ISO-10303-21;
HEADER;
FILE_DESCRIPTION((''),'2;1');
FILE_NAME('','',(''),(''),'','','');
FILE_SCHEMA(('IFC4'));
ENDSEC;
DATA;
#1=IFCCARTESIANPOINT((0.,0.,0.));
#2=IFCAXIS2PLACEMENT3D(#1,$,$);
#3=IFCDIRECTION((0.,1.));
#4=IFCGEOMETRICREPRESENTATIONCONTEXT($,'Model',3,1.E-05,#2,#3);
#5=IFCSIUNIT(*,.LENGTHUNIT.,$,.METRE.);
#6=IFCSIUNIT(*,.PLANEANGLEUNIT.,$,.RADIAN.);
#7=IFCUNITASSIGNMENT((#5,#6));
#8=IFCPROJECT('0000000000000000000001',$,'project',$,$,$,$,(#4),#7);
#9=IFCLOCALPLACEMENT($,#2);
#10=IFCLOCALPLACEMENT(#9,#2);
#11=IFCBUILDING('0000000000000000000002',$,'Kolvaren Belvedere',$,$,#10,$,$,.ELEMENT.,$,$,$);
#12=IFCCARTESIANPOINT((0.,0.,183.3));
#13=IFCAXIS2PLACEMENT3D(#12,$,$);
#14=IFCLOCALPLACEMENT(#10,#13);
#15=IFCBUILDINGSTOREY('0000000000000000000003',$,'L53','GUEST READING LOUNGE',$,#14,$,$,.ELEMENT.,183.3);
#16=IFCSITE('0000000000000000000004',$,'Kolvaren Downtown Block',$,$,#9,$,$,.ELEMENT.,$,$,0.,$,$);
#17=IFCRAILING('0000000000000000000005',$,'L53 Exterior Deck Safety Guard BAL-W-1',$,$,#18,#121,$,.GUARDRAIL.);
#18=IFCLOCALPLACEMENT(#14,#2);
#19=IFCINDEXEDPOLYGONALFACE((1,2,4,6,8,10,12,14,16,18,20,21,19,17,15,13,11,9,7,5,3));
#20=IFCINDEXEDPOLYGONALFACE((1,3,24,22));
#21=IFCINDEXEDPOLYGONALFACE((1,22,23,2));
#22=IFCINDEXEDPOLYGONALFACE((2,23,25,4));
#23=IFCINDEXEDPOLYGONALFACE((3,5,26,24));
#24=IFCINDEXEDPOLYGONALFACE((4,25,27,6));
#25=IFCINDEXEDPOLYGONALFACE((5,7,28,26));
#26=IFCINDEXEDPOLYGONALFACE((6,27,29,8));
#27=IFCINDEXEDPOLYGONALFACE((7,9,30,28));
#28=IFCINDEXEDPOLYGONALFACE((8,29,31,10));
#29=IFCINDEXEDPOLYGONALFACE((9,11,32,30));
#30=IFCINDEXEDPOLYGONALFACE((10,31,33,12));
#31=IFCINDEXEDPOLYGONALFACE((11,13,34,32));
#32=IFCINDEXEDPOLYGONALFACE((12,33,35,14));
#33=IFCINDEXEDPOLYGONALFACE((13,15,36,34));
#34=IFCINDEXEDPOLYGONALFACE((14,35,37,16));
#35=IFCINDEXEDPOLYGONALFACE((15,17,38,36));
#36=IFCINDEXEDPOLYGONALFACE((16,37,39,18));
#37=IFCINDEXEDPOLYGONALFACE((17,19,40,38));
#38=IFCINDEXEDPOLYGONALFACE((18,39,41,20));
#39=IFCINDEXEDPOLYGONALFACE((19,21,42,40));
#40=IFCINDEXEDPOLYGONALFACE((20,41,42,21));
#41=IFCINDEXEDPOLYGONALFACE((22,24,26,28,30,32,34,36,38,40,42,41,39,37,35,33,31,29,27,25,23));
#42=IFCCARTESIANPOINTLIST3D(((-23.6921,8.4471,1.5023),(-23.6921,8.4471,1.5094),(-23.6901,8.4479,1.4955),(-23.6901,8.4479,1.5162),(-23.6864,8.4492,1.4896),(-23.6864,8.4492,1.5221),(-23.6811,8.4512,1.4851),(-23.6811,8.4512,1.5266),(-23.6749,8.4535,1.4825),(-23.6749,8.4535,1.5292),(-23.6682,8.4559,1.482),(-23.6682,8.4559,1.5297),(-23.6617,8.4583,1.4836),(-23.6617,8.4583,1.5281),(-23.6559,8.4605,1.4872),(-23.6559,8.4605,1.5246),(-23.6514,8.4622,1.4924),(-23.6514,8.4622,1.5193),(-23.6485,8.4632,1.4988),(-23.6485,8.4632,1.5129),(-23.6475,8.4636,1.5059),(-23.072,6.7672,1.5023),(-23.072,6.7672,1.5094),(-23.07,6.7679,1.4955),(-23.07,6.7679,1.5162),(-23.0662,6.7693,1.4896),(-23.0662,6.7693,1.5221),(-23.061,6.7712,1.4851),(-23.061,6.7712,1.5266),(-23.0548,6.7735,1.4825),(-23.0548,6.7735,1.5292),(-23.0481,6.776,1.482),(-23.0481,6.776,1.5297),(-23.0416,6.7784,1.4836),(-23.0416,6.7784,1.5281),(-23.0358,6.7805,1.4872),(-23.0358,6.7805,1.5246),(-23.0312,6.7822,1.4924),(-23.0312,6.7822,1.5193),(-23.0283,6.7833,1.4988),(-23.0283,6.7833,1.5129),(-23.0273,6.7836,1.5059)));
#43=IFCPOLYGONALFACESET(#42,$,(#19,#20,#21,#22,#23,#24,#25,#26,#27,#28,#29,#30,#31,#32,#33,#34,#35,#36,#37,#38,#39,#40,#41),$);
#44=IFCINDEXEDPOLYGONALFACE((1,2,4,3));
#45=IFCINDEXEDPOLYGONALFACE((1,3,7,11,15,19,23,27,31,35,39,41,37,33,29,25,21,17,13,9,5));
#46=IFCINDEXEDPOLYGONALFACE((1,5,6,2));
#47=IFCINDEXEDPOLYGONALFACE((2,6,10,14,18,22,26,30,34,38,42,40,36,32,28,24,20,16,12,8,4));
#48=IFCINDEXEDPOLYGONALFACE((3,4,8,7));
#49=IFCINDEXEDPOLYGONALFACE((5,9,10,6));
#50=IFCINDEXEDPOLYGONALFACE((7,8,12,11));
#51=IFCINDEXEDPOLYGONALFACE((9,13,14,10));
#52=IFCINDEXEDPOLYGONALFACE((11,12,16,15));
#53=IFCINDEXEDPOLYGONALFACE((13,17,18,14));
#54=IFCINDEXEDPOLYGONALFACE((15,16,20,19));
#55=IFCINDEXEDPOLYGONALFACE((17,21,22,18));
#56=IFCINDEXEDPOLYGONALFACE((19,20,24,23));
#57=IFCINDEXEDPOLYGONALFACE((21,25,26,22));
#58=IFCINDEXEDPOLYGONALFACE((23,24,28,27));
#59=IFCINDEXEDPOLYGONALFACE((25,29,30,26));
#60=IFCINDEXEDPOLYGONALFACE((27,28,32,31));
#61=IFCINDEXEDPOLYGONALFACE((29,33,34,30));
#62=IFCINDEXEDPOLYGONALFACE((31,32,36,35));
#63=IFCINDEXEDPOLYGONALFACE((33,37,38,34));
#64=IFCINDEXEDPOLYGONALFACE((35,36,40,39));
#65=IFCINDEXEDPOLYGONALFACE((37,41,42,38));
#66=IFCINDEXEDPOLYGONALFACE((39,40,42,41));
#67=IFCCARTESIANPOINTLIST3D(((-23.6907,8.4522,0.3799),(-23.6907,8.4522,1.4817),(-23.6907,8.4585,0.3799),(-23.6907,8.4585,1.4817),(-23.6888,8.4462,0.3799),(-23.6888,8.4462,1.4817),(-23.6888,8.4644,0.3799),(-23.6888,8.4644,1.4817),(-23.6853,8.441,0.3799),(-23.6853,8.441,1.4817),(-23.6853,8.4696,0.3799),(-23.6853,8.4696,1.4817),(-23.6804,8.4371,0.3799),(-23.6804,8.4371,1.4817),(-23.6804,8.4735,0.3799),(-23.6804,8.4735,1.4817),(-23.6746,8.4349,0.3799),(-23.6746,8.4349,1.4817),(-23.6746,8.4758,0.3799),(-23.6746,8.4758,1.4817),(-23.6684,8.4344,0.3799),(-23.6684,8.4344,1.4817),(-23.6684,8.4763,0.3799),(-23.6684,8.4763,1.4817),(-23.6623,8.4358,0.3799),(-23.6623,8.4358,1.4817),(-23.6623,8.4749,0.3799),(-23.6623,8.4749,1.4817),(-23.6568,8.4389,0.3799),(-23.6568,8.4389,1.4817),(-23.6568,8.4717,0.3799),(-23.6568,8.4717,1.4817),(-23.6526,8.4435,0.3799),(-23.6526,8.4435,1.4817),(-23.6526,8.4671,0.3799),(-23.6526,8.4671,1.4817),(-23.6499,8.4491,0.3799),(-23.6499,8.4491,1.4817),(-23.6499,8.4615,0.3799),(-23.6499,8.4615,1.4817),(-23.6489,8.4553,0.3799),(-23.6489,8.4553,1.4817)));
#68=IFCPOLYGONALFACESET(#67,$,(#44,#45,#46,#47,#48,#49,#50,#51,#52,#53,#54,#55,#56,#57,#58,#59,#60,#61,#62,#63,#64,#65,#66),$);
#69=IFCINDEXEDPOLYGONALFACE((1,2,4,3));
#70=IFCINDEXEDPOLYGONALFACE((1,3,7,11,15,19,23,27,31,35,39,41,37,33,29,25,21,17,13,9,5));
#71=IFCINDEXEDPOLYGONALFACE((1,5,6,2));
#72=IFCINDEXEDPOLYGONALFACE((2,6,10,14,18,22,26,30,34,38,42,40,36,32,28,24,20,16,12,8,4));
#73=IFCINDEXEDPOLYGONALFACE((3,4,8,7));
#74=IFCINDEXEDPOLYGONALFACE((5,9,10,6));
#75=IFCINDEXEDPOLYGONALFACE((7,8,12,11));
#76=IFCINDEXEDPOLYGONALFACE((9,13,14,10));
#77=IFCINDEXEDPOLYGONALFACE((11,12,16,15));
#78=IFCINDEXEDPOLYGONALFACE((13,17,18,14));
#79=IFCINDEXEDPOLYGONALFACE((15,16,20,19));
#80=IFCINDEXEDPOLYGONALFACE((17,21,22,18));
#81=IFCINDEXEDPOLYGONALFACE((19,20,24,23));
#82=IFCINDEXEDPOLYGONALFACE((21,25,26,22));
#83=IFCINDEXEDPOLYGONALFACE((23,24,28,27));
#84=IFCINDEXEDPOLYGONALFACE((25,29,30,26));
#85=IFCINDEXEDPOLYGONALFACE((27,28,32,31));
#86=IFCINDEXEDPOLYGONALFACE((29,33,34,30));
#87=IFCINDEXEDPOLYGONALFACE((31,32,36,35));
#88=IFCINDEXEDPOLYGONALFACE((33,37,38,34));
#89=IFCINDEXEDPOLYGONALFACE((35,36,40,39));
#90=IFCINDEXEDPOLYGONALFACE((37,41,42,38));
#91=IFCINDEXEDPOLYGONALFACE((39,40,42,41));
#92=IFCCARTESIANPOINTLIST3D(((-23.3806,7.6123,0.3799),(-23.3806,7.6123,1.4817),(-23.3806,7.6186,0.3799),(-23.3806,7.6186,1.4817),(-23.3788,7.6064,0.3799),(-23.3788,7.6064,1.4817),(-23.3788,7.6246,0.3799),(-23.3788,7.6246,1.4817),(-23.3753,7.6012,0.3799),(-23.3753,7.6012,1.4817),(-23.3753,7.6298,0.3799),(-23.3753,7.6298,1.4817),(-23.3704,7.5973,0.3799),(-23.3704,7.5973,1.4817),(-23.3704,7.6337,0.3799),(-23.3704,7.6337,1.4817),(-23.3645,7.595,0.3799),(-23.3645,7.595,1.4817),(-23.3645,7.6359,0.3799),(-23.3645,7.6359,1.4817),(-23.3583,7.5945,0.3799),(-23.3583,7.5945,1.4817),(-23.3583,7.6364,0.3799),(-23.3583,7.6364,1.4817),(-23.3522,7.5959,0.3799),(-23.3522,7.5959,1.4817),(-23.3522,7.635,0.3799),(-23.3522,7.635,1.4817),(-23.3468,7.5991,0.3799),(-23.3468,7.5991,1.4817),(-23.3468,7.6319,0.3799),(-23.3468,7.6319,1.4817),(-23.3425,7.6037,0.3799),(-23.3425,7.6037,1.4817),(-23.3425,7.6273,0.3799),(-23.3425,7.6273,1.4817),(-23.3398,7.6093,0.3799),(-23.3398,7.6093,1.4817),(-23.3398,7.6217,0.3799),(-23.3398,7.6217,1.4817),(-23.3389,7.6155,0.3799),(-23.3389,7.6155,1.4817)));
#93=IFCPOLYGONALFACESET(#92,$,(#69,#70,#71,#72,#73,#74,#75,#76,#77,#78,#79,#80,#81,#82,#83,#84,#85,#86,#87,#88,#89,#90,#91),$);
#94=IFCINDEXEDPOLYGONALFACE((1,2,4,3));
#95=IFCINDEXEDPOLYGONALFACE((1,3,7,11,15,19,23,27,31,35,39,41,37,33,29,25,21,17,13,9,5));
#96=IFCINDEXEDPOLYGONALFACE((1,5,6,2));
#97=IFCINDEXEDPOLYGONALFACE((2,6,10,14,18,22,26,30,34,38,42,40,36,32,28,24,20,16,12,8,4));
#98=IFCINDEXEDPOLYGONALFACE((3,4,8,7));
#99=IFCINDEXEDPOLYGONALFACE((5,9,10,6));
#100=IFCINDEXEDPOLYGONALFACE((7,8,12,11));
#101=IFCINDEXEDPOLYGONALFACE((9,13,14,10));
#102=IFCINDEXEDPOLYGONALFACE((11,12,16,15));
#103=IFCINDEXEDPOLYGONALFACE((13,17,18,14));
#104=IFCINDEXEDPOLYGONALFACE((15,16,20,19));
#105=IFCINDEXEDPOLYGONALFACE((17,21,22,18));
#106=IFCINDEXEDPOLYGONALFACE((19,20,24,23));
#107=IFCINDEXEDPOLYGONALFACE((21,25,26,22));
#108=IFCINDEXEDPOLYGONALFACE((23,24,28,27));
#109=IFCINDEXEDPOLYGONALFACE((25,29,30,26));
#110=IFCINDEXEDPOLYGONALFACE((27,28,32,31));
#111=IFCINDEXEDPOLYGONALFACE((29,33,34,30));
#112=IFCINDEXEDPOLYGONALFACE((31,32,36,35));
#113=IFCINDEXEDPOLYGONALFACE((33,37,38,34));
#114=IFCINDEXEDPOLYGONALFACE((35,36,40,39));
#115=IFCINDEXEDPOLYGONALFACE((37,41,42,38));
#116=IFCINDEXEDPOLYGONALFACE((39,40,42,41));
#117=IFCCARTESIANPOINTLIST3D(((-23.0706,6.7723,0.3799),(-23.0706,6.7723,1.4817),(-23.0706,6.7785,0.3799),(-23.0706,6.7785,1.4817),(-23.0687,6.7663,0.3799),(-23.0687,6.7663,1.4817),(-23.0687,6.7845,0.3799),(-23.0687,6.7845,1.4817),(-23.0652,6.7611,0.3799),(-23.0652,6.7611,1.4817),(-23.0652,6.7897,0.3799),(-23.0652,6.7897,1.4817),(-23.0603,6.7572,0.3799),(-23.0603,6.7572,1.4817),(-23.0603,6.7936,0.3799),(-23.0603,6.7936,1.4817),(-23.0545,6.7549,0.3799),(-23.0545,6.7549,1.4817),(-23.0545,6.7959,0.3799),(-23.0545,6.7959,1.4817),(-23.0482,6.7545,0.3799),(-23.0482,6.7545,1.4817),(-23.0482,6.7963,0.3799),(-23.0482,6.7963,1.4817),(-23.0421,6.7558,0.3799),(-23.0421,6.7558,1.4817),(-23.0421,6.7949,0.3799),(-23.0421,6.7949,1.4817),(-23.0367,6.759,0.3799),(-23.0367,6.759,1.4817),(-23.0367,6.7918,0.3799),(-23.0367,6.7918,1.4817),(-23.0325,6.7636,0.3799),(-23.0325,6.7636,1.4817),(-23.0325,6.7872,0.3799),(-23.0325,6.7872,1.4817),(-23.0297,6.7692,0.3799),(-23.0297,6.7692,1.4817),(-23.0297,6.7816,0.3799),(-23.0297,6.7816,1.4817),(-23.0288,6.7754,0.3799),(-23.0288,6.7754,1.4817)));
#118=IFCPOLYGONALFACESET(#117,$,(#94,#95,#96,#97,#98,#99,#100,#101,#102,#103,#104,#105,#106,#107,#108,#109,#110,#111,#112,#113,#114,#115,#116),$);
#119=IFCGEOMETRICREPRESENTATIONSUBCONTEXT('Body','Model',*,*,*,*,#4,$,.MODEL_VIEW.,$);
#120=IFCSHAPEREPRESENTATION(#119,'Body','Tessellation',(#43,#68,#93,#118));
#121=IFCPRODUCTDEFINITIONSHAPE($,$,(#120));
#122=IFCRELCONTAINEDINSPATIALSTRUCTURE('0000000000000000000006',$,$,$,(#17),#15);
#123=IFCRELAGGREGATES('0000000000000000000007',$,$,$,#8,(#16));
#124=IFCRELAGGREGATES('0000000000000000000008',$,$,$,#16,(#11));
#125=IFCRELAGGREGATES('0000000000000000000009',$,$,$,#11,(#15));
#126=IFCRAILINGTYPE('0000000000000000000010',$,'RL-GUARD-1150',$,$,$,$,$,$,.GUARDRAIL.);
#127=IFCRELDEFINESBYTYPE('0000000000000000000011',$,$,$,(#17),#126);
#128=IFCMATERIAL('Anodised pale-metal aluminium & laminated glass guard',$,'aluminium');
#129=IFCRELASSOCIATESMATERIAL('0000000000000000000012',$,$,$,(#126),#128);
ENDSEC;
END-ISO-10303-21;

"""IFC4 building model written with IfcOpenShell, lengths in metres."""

from ifc_helpers import new_model, si_unit, direction, frame, origin, origin_2d, place, context, subcontext, project, spatial, circle, extrude, material, type_object, element, save


model = new_model("IFC4")

# Units and contexts
model_context = context("Model", 3, precision=1e-05, world=origin(), true_north=direction((0.0, 1.0)))
body_context = subcontext(model_context, "Body", "Model", "MODEL_VIEW")
ifc_project = project(units=[si_unit("LENGTHUNIT", "METRE"), si_unit("PLANEANGLEUNIT", "RADIAN")], contexts=[model_context])

# Site, building, storey
site_placement = place(None, origin())
site = spatial("IfcSite", under=ifc_project, at=site_placement, Name="Kolvaren Downtown Block", CompositionType="ELEMENT", RefElevation=0.0)
building_placement = place(site_placement, origin())
building = spatial("IfcBuilding", under=site, at=building_placement, Name="Kolvaren Belvedere", CompositionType="ELEMENT")
storey_placement = place(building_placement, frame((0.0, 0.0, 183.3)))
storey = spatial("IfcBuildingStorey", under=building, at=storey_placement, Name="L53", Description="GUEST READING LOUNGE", CompositionType="ELEMENT", Elevation=183.3)

# Railing
ifc_material_1 = material(Name="Anodised pale-metal aluminium & laminated glass guard", Category="aluminium")
railing_type = type_object("IfcRailingType", Name="RL-GUARD-1150", PredefinedType="GUARDRAIL", material=ifc_material_1)
railing_1_placement = place(storey_placement, frame((-23.6699, 8.4553, 0.3799)))
element("IfcRailing", 1, at=railing_1_placement, inside=storey, type_object=railing_type, Name="L53 Exterior Deck Safety Guard BAL-W-1", PredefinedType="GUARDRAIL", context=body_context, shape_type="SweptSolid", body=[
    extrude(circle(Radius=0.0239, at=origin_2d()), frame((0.0, 0.0, 1.126), z_axis=(0.346293, -0.938126, 0.0), x_axis=(0.938126, 0.346293, 0.0)), (0.0, 0.0, 1.0), 1.7908),
    extrude(circle(Radius=0.021, at=origin_2d()), origin(), (0.0, 0.0, 1.0), 1.1018),
    extrude(circle(Radius=0.021, at=origin_2d()), frame((0.3101, -0.8398, 0.0)), (0.0, 0.0, 1.0), 1.1018),
    extrude(circle(Radius=0.021, at=origin_2d()), frame((0.6201, -1.6799, 0.0)), (0.0, 0.0, 1.0), 1.1018),
])

save(model, "model.ifc")
